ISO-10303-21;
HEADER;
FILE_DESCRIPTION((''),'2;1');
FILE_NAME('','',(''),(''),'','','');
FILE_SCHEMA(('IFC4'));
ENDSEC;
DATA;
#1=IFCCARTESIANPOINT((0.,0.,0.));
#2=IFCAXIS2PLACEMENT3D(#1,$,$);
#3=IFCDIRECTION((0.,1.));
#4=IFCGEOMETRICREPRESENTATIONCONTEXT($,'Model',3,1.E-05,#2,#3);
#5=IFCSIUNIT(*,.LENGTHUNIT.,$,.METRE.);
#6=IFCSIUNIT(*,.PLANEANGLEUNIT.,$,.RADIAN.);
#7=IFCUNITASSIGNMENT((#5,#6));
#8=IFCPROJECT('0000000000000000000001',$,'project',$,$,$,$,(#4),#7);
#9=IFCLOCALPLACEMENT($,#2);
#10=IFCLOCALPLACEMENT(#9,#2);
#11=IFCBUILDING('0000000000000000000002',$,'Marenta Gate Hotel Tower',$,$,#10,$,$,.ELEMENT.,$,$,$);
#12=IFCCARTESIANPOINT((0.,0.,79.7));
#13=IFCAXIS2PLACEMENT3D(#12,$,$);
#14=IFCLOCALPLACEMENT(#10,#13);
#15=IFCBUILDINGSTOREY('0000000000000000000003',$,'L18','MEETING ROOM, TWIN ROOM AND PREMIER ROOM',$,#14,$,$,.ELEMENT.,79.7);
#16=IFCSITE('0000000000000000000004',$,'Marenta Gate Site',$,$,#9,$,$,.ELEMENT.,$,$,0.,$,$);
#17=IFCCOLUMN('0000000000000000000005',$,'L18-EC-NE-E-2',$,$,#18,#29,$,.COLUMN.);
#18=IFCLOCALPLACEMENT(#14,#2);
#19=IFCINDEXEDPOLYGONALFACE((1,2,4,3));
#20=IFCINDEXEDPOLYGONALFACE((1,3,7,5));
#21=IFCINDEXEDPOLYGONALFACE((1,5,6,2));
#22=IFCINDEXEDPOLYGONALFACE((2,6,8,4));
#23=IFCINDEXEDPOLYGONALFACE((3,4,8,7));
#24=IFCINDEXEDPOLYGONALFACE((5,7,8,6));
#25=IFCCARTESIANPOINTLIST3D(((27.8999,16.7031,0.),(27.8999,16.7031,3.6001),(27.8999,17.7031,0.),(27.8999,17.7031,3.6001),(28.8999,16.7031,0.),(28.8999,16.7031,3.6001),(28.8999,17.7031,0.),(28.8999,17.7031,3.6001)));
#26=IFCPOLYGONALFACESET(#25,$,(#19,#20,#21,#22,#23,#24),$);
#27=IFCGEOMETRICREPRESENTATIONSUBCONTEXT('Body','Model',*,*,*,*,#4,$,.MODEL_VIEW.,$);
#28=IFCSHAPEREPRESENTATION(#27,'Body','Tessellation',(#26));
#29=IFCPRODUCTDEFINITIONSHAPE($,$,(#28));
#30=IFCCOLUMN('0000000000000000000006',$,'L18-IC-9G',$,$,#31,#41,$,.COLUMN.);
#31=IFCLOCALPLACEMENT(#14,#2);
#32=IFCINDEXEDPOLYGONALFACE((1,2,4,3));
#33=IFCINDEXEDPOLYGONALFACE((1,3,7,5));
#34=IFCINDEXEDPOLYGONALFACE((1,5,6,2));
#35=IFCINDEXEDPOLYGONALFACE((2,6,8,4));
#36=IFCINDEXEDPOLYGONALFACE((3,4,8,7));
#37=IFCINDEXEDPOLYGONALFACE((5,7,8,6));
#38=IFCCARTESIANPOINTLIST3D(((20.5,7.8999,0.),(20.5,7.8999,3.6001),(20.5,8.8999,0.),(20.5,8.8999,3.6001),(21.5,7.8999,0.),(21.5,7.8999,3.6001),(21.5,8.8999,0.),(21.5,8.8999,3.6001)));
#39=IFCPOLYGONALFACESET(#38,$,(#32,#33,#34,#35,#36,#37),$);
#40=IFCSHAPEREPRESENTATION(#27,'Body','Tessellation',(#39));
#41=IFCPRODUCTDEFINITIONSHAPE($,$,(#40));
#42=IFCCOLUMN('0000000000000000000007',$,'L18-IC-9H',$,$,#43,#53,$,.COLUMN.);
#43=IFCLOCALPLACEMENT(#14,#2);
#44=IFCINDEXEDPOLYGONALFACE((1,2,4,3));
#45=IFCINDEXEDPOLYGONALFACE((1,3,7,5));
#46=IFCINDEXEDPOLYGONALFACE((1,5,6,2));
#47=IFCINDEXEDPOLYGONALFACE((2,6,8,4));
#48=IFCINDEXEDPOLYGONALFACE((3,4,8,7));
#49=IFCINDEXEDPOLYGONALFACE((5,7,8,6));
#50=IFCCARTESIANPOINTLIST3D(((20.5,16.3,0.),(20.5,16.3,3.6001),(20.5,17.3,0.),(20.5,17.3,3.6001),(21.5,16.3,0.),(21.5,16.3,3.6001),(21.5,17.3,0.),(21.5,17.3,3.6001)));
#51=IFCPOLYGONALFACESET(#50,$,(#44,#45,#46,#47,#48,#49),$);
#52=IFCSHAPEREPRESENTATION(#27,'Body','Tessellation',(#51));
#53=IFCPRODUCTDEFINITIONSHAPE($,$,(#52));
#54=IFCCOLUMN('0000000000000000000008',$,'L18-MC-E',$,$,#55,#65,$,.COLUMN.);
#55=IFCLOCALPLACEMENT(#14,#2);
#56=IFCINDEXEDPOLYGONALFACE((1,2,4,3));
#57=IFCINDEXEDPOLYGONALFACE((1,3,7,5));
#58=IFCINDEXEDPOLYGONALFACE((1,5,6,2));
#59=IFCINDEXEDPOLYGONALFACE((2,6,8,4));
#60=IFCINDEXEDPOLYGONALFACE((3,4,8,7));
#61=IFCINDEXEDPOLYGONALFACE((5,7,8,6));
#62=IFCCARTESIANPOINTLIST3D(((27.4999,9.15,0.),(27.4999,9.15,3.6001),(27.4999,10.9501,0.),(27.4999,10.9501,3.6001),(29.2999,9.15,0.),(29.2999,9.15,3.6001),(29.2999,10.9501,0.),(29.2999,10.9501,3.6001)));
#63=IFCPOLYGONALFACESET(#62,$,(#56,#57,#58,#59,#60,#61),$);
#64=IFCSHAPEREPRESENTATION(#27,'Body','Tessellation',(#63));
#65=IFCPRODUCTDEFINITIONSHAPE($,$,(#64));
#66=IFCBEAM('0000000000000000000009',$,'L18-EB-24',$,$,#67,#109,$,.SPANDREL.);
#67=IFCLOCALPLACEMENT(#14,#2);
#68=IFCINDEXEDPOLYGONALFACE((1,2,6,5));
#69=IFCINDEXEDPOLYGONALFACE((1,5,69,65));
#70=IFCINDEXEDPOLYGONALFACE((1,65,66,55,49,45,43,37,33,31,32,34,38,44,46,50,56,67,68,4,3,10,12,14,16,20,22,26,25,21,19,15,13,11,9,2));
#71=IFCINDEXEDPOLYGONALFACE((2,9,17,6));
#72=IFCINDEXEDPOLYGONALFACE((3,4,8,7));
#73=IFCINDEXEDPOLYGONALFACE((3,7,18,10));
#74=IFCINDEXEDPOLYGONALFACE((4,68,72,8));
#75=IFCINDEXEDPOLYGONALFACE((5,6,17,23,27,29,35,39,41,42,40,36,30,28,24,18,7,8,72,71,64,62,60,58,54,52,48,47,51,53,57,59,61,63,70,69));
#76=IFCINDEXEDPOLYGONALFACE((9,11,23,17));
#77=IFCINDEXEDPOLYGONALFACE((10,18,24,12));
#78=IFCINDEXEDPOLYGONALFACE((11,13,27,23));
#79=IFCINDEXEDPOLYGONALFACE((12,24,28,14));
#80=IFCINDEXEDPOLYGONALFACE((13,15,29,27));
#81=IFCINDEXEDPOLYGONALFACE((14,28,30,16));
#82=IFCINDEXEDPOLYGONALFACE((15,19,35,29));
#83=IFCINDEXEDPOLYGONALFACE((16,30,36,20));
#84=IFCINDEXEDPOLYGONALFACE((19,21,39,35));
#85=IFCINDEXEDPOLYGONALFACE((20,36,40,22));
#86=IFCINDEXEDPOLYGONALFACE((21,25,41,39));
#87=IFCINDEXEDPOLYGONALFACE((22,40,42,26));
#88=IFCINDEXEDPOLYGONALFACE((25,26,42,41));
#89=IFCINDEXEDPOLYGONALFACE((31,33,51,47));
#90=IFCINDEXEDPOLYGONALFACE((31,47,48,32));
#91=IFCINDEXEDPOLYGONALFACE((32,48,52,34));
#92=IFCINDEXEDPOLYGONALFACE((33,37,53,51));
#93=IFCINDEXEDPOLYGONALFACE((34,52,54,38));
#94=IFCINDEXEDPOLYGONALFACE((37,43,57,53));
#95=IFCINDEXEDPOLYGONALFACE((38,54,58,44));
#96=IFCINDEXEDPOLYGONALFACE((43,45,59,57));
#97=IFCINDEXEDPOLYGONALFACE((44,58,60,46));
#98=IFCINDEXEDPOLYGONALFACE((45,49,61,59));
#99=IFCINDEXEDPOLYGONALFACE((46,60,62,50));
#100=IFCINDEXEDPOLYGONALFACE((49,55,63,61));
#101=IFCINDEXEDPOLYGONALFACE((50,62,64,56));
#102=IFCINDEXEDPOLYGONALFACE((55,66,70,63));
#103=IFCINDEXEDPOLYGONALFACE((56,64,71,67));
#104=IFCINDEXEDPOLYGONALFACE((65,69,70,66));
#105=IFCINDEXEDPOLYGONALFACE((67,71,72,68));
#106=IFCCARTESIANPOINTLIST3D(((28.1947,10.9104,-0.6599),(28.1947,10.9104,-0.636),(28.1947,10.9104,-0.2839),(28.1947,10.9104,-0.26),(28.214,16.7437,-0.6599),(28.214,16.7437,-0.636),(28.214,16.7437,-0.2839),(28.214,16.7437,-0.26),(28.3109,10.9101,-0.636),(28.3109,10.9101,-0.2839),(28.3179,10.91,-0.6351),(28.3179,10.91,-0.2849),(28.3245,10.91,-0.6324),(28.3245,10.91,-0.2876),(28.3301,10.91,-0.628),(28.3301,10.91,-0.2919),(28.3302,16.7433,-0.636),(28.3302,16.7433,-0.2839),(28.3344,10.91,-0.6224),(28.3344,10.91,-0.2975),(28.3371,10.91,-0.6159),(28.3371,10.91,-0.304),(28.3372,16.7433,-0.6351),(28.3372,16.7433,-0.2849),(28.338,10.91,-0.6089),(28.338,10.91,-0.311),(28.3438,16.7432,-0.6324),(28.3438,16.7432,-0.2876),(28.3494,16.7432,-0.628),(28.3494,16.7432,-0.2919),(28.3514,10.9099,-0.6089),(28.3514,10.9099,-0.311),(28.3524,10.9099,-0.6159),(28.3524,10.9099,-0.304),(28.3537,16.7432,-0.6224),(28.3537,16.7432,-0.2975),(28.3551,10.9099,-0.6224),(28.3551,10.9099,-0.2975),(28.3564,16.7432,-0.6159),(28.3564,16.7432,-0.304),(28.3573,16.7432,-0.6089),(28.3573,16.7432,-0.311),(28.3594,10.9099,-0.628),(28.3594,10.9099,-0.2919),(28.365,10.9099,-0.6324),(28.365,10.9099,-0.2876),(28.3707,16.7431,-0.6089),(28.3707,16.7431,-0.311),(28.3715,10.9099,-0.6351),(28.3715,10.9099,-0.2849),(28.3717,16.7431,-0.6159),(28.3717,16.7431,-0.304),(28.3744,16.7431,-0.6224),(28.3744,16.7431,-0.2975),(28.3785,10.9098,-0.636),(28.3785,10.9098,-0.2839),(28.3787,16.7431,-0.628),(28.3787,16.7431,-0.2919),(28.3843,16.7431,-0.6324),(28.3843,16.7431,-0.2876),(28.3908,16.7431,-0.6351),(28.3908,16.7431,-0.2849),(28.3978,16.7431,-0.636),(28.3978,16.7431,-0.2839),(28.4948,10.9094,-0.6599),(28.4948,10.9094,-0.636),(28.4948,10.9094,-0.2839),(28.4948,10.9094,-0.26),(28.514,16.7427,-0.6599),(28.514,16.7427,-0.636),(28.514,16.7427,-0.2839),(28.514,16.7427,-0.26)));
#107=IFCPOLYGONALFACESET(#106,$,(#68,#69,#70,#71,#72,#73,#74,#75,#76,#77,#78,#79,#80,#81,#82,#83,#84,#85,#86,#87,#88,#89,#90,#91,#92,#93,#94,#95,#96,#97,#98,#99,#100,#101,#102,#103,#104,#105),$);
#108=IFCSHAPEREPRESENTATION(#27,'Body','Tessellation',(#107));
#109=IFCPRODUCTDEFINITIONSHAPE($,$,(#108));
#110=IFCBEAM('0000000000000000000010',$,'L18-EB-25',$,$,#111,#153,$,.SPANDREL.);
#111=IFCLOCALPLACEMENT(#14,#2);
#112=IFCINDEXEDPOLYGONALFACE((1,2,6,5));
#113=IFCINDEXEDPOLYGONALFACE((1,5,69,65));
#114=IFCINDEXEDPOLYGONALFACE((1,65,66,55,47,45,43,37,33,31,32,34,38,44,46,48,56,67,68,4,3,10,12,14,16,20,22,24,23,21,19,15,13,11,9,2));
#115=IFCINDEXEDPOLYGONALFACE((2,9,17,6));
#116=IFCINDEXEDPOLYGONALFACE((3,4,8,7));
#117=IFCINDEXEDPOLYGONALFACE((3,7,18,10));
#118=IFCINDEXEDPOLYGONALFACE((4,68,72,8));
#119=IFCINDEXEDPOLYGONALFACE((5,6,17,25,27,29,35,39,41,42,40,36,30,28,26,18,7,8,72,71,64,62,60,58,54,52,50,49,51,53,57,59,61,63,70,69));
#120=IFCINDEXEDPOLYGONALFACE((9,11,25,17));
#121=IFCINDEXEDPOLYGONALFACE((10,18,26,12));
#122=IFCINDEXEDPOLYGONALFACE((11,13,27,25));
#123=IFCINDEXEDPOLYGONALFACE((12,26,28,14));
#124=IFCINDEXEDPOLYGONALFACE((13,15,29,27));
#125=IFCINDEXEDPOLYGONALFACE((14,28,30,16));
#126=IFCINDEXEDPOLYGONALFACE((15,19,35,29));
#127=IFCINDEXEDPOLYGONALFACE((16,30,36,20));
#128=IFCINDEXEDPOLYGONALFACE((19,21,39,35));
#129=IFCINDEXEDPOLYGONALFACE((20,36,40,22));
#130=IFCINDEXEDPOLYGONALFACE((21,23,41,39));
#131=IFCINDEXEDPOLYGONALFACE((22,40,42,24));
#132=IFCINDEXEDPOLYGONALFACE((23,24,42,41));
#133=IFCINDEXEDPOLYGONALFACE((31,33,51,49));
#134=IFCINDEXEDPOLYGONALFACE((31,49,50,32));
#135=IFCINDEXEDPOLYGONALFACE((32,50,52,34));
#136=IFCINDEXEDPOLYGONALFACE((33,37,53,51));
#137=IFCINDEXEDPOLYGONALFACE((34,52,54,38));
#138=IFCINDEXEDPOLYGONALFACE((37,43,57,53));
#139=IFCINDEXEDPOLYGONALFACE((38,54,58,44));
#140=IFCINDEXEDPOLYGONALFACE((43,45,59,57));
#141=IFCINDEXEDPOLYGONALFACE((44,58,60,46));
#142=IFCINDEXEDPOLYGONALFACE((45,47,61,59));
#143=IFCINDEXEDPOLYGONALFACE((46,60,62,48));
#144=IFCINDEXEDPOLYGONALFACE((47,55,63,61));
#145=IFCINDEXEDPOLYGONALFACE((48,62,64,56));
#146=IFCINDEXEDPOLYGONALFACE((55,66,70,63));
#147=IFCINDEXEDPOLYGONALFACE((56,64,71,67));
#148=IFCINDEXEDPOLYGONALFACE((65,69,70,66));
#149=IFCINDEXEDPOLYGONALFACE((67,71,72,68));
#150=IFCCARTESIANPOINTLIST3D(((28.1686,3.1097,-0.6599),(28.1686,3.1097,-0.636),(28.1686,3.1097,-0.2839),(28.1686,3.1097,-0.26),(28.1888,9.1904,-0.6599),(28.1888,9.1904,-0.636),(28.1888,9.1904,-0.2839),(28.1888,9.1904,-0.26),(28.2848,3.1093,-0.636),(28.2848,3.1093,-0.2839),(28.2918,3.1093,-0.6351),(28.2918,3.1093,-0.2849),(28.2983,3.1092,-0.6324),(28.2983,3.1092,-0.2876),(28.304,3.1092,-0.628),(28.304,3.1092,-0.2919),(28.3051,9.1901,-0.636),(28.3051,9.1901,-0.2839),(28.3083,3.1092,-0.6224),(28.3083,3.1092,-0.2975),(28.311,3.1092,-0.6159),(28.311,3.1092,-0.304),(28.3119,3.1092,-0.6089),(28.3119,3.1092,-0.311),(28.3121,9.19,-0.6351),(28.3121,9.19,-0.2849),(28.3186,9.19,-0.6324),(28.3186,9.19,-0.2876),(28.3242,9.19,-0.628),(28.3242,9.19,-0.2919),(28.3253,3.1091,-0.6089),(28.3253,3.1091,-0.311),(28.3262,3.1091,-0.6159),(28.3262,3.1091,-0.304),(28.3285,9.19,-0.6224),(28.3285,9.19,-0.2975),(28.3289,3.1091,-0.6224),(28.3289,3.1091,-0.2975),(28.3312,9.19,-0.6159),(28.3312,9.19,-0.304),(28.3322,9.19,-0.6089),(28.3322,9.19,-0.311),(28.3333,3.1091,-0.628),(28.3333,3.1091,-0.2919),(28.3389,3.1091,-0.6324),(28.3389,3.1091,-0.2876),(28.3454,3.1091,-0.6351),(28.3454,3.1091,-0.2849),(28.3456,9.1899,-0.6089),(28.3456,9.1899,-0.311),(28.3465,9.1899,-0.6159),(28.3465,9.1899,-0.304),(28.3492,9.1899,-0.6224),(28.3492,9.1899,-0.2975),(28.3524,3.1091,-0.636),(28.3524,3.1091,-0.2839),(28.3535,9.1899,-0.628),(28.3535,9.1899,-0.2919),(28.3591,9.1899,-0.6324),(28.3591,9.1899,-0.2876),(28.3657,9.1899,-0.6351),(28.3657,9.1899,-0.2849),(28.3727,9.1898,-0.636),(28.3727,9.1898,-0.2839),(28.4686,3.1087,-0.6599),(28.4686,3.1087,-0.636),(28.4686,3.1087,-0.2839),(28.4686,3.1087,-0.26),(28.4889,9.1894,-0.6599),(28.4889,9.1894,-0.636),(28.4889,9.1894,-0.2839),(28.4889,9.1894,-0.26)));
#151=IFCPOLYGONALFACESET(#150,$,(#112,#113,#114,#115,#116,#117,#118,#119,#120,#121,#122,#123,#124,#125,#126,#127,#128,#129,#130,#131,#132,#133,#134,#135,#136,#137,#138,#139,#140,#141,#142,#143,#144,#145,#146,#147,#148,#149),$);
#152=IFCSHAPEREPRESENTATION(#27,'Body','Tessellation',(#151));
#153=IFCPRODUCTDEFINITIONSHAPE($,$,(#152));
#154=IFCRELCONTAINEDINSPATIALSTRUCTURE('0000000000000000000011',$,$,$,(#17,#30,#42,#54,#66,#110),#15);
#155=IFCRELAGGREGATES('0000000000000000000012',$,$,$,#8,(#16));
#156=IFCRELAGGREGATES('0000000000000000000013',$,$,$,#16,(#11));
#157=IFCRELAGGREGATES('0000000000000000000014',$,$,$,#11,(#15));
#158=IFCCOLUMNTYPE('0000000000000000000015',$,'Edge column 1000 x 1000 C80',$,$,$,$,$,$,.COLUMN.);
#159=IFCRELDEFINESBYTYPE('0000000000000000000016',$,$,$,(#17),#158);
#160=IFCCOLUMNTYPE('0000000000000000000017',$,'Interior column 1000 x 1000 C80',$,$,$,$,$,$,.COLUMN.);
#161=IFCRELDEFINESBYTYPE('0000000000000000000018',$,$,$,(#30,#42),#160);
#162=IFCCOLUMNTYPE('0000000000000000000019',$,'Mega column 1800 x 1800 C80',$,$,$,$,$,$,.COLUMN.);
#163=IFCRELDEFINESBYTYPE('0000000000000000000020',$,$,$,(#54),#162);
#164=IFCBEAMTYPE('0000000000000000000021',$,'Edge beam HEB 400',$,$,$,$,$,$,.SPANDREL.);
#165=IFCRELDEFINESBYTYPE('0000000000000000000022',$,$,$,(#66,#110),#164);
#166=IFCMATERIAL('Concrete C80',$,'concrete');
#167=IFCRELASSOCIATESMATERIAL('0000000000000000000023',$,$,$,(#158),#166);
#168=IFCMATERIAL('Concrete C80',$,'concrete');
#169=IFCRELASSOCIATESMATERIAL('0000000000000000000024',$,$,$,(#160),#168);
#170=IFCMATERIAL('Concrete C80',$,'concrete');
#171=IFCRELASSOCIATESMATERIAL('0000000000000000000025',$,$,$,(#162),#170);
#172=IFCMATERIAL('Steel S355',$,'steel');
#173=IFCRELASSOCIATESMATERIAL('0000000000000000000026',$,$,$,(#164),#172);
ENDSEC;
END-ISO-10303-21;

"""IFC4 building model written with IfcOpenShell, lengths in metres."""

from ifc_helpers import new_model, si_unit, direction, frame, origin, origin_2d, place, context, subcontext, project, spatial, rectangle, i_section, extrude, material, material_profile, profile_set, type_object, element, save


model = new_model("IFC4")

# Units and contexts
model_context = context("Model", 3, precision=1e-05, world=origin(), true_north=direction((0.0, 1.0)))
body_context = subcontext(model_context, "Body", "Model", "MODEL_VIEW")
ifc_project = project(units=[si_unit("LENGTHUNIT", "METRE"), si_unit("PLANEANGLEUNIT", "RADIAN")], contexts=[model_context])

# Site, building, storey
site_placement = place(None, origin())
site = spatial("IfcSite", under=ifc_project, at=site_placement, Name="Marenta Gate Site", CompositionType="ELEMENT", RefElevation=0.0)
building_placement = place(site_placement, origin())
building = spatial("IfcBuilding", under=site, at=building_placement, Name="Marenta Gate Hotel Tower", CompositionType="ELEMENT")
storey_placement = place(building_placement, frame((0.0, 0.0, 79.7)))
storey = spatial("IfcBuildingStorey", under=building, at=storey_placement, Name="L18", Description="MEETING ROOM, TWIN ROOM AND PREMIER ROOM", CompositionType="ELEMENT", Elevation=79.7)

# Columns
ifc_material_1 = material(Name="Concrete C80", Category="concrete")
ifc_material_profile_1 = material_profile(ifc_material_1, rectangle(XDim=1.0, YDim=1.0, at=origin_2d()), Name="1000 x 1000")
ifc_profile_set_1 = profile_set([ifc_material_profile_1], Name="Concrete C80")
column_type_1 = type_object("IfcColumnType", Name="Edge column 1000 x 1000 C80", PredefinedType="COLUMN", material=ifc_profile_set_1)
column_1_placement = place(storey_placement, frame((28.3999, 17.2031, 0.0), z_axis=(0.0, 0.0, 1.0), x_axis=(1.0, 0.0, 0.0)))
element("IfcColumn", 1, at=column_1_placement, inside=storey, type_object=column_type_1, Name="L18-EC-NE-E-2", PredefinedType="COLUMN", context=body_context, shape_type="SweptSolid", body=[
    extrude(rectangle(XDim=1.0, YDim=1.0, at=origin_2d()), origin(), (0.0, 0.0, 1.0), 3.6001),
])
ifc_material_2 = material(Name="Concrete C80", Category="concrete")
ifc_material_profile_2 = material_profile(ifc_material_2, rectangle(XDim=1.0, YDim=1.0, at=origin_2d()), Name="1000 x 1000")
ifc_profile_set_2 = profile_set([ifc_material_profile_2], Name="Concrete C80")
column_type_2 = type_object("IfcColumnType", Name="Interior column 1000 x 1000 C80", PredefinedType="COLUMN", material=ifc_profile_set_2)
for number, where, z_axis, x_axis, name in (
    (2, (21.0, 8.3999, 0.0), (0.0, 0.0, 1.0), (1.0, 0.0, 0.0), "L18-IC-9G"),
    (3, (21.0, 16.8, 0.0), (0.0, 0.0, 1.0), (1.0, 0.0, 0.0), "L18-IC-9H"),
):
    element("IfcColumn", number, at=place(storey_placement, frame(where, z_axis=z_axis, x_axis=x_axis)), inside=storey, type_object=column_type_2, Name=name, PredefinedType="COLUMN", context=body_context, shape_type="SweptSolid", body=[
        extrude(rectangle(XDim=1.0, YDim=1.0, at=origin_2d()), origin(), (0.0, 0.0, 1.0), 3.6001),
    ])
ifc_material_3 = material(Name="Concrete C80", Category="concrete")
ifc_material_profile_3 = material_profile(ifc_material_3, rectangle(XDim=1.8, YDim=1.8, at=origin_2d()), Name="1800 x 1800")
ifc_profile_set_3 = profile_set([ifc_material_profile_3], Name="Concrete C80")
column_type_3 = type_object("IfcColumnType", Name="Mega column 1800 x 1800 C80", PredefinedType="COLUMN", material=ifc_profile_set_3)
column_2_placement = place(storey_placement, frame((28.3999, 10.05, 0.0), z_axis=(0.0, 0.0, 1.0), x_axis=(1.0, 0.0, 0.0)))
element("IfcColumn", 4, at=column_2_placement, inside=storey, type_object=column_type_3, Name="L18-MC-E", PredefinedType="COLUMN", context=body_context, shape_type="SweptSolid", body=[
    extrude(rectangle(XDim=1.8, YDim=1.8, at=origin_2d()), origin(), (0.0, 0.0, 1.0), 3.6001),
])

# Beams
ifc_material_4 = material(Name="Steel S355", Category="steel")
ifc_material_profile_4 = material_profile(ifc_material_4, i_section(OverallWidth=0.3, OverallDepth=0.3999, WebThickness=0.0134, FlangeThickness=0.0239, FilletRadius=0.0271, at=origin_2d()), Name="HEB 400")
ifc_profile_set_4 = profile_set([ifc_material_profile_4], Name="Steel S355")
beam_type_1 = type_object("IfcBeamType", Name="Edge beam HEB 400", PredefinedType="SPANDREL", material=ifc_profile_set_4)
beam_1_placement = place(storey_placement, frame((28.364, 16.7432, -0.46), z_axis=(-0.003306, -0.999995, 0.0), x_axis=(0.999995, -0.003306, 0.0)))
element("IfcBeam", 5, at=beam_1_placement, inside=storey, type_object=beam_type_1, Name="L18-EB-24", PredefinedType="SPANDREL", context=body_context, shape_type="SweptSolid", body=[
    extrude(i_section(OverallWidth=0.3, OverallDepth=0.3999, WebThickness=0.0134, FlangeThickness=0.0239, FilletRadius=0.0271, at=origin_2d()), origin(), (0.0, 0.0, 1.0), 5.8333),
])
beam_2_placement = place(storey_placement, frame((28.3389, 9.1899, -0.46), z_axis=(-0.003332, -0.999994, 0.0), x_axis=(0.999994, -0.003332, 0.0)))
element("IfcBeam", 6, at=beam_2_placement, inside=storey, type_object=beam_type_1, Name="L18-EB-25", PredefinedType="SPANDREL", context=body_context, shape_type="SweptSolid", body=[
    extrude(i_section(OverallWidth=0.3, OverallDepth=0.3999, WebThickness=0.0134, FlangeThickness=0.0239, FilletRadius=0.0271, at=origin_2d()), origin(), (0.0, 0.0, 1.0), 6.0808),
])

save(model, "model.ifc")
